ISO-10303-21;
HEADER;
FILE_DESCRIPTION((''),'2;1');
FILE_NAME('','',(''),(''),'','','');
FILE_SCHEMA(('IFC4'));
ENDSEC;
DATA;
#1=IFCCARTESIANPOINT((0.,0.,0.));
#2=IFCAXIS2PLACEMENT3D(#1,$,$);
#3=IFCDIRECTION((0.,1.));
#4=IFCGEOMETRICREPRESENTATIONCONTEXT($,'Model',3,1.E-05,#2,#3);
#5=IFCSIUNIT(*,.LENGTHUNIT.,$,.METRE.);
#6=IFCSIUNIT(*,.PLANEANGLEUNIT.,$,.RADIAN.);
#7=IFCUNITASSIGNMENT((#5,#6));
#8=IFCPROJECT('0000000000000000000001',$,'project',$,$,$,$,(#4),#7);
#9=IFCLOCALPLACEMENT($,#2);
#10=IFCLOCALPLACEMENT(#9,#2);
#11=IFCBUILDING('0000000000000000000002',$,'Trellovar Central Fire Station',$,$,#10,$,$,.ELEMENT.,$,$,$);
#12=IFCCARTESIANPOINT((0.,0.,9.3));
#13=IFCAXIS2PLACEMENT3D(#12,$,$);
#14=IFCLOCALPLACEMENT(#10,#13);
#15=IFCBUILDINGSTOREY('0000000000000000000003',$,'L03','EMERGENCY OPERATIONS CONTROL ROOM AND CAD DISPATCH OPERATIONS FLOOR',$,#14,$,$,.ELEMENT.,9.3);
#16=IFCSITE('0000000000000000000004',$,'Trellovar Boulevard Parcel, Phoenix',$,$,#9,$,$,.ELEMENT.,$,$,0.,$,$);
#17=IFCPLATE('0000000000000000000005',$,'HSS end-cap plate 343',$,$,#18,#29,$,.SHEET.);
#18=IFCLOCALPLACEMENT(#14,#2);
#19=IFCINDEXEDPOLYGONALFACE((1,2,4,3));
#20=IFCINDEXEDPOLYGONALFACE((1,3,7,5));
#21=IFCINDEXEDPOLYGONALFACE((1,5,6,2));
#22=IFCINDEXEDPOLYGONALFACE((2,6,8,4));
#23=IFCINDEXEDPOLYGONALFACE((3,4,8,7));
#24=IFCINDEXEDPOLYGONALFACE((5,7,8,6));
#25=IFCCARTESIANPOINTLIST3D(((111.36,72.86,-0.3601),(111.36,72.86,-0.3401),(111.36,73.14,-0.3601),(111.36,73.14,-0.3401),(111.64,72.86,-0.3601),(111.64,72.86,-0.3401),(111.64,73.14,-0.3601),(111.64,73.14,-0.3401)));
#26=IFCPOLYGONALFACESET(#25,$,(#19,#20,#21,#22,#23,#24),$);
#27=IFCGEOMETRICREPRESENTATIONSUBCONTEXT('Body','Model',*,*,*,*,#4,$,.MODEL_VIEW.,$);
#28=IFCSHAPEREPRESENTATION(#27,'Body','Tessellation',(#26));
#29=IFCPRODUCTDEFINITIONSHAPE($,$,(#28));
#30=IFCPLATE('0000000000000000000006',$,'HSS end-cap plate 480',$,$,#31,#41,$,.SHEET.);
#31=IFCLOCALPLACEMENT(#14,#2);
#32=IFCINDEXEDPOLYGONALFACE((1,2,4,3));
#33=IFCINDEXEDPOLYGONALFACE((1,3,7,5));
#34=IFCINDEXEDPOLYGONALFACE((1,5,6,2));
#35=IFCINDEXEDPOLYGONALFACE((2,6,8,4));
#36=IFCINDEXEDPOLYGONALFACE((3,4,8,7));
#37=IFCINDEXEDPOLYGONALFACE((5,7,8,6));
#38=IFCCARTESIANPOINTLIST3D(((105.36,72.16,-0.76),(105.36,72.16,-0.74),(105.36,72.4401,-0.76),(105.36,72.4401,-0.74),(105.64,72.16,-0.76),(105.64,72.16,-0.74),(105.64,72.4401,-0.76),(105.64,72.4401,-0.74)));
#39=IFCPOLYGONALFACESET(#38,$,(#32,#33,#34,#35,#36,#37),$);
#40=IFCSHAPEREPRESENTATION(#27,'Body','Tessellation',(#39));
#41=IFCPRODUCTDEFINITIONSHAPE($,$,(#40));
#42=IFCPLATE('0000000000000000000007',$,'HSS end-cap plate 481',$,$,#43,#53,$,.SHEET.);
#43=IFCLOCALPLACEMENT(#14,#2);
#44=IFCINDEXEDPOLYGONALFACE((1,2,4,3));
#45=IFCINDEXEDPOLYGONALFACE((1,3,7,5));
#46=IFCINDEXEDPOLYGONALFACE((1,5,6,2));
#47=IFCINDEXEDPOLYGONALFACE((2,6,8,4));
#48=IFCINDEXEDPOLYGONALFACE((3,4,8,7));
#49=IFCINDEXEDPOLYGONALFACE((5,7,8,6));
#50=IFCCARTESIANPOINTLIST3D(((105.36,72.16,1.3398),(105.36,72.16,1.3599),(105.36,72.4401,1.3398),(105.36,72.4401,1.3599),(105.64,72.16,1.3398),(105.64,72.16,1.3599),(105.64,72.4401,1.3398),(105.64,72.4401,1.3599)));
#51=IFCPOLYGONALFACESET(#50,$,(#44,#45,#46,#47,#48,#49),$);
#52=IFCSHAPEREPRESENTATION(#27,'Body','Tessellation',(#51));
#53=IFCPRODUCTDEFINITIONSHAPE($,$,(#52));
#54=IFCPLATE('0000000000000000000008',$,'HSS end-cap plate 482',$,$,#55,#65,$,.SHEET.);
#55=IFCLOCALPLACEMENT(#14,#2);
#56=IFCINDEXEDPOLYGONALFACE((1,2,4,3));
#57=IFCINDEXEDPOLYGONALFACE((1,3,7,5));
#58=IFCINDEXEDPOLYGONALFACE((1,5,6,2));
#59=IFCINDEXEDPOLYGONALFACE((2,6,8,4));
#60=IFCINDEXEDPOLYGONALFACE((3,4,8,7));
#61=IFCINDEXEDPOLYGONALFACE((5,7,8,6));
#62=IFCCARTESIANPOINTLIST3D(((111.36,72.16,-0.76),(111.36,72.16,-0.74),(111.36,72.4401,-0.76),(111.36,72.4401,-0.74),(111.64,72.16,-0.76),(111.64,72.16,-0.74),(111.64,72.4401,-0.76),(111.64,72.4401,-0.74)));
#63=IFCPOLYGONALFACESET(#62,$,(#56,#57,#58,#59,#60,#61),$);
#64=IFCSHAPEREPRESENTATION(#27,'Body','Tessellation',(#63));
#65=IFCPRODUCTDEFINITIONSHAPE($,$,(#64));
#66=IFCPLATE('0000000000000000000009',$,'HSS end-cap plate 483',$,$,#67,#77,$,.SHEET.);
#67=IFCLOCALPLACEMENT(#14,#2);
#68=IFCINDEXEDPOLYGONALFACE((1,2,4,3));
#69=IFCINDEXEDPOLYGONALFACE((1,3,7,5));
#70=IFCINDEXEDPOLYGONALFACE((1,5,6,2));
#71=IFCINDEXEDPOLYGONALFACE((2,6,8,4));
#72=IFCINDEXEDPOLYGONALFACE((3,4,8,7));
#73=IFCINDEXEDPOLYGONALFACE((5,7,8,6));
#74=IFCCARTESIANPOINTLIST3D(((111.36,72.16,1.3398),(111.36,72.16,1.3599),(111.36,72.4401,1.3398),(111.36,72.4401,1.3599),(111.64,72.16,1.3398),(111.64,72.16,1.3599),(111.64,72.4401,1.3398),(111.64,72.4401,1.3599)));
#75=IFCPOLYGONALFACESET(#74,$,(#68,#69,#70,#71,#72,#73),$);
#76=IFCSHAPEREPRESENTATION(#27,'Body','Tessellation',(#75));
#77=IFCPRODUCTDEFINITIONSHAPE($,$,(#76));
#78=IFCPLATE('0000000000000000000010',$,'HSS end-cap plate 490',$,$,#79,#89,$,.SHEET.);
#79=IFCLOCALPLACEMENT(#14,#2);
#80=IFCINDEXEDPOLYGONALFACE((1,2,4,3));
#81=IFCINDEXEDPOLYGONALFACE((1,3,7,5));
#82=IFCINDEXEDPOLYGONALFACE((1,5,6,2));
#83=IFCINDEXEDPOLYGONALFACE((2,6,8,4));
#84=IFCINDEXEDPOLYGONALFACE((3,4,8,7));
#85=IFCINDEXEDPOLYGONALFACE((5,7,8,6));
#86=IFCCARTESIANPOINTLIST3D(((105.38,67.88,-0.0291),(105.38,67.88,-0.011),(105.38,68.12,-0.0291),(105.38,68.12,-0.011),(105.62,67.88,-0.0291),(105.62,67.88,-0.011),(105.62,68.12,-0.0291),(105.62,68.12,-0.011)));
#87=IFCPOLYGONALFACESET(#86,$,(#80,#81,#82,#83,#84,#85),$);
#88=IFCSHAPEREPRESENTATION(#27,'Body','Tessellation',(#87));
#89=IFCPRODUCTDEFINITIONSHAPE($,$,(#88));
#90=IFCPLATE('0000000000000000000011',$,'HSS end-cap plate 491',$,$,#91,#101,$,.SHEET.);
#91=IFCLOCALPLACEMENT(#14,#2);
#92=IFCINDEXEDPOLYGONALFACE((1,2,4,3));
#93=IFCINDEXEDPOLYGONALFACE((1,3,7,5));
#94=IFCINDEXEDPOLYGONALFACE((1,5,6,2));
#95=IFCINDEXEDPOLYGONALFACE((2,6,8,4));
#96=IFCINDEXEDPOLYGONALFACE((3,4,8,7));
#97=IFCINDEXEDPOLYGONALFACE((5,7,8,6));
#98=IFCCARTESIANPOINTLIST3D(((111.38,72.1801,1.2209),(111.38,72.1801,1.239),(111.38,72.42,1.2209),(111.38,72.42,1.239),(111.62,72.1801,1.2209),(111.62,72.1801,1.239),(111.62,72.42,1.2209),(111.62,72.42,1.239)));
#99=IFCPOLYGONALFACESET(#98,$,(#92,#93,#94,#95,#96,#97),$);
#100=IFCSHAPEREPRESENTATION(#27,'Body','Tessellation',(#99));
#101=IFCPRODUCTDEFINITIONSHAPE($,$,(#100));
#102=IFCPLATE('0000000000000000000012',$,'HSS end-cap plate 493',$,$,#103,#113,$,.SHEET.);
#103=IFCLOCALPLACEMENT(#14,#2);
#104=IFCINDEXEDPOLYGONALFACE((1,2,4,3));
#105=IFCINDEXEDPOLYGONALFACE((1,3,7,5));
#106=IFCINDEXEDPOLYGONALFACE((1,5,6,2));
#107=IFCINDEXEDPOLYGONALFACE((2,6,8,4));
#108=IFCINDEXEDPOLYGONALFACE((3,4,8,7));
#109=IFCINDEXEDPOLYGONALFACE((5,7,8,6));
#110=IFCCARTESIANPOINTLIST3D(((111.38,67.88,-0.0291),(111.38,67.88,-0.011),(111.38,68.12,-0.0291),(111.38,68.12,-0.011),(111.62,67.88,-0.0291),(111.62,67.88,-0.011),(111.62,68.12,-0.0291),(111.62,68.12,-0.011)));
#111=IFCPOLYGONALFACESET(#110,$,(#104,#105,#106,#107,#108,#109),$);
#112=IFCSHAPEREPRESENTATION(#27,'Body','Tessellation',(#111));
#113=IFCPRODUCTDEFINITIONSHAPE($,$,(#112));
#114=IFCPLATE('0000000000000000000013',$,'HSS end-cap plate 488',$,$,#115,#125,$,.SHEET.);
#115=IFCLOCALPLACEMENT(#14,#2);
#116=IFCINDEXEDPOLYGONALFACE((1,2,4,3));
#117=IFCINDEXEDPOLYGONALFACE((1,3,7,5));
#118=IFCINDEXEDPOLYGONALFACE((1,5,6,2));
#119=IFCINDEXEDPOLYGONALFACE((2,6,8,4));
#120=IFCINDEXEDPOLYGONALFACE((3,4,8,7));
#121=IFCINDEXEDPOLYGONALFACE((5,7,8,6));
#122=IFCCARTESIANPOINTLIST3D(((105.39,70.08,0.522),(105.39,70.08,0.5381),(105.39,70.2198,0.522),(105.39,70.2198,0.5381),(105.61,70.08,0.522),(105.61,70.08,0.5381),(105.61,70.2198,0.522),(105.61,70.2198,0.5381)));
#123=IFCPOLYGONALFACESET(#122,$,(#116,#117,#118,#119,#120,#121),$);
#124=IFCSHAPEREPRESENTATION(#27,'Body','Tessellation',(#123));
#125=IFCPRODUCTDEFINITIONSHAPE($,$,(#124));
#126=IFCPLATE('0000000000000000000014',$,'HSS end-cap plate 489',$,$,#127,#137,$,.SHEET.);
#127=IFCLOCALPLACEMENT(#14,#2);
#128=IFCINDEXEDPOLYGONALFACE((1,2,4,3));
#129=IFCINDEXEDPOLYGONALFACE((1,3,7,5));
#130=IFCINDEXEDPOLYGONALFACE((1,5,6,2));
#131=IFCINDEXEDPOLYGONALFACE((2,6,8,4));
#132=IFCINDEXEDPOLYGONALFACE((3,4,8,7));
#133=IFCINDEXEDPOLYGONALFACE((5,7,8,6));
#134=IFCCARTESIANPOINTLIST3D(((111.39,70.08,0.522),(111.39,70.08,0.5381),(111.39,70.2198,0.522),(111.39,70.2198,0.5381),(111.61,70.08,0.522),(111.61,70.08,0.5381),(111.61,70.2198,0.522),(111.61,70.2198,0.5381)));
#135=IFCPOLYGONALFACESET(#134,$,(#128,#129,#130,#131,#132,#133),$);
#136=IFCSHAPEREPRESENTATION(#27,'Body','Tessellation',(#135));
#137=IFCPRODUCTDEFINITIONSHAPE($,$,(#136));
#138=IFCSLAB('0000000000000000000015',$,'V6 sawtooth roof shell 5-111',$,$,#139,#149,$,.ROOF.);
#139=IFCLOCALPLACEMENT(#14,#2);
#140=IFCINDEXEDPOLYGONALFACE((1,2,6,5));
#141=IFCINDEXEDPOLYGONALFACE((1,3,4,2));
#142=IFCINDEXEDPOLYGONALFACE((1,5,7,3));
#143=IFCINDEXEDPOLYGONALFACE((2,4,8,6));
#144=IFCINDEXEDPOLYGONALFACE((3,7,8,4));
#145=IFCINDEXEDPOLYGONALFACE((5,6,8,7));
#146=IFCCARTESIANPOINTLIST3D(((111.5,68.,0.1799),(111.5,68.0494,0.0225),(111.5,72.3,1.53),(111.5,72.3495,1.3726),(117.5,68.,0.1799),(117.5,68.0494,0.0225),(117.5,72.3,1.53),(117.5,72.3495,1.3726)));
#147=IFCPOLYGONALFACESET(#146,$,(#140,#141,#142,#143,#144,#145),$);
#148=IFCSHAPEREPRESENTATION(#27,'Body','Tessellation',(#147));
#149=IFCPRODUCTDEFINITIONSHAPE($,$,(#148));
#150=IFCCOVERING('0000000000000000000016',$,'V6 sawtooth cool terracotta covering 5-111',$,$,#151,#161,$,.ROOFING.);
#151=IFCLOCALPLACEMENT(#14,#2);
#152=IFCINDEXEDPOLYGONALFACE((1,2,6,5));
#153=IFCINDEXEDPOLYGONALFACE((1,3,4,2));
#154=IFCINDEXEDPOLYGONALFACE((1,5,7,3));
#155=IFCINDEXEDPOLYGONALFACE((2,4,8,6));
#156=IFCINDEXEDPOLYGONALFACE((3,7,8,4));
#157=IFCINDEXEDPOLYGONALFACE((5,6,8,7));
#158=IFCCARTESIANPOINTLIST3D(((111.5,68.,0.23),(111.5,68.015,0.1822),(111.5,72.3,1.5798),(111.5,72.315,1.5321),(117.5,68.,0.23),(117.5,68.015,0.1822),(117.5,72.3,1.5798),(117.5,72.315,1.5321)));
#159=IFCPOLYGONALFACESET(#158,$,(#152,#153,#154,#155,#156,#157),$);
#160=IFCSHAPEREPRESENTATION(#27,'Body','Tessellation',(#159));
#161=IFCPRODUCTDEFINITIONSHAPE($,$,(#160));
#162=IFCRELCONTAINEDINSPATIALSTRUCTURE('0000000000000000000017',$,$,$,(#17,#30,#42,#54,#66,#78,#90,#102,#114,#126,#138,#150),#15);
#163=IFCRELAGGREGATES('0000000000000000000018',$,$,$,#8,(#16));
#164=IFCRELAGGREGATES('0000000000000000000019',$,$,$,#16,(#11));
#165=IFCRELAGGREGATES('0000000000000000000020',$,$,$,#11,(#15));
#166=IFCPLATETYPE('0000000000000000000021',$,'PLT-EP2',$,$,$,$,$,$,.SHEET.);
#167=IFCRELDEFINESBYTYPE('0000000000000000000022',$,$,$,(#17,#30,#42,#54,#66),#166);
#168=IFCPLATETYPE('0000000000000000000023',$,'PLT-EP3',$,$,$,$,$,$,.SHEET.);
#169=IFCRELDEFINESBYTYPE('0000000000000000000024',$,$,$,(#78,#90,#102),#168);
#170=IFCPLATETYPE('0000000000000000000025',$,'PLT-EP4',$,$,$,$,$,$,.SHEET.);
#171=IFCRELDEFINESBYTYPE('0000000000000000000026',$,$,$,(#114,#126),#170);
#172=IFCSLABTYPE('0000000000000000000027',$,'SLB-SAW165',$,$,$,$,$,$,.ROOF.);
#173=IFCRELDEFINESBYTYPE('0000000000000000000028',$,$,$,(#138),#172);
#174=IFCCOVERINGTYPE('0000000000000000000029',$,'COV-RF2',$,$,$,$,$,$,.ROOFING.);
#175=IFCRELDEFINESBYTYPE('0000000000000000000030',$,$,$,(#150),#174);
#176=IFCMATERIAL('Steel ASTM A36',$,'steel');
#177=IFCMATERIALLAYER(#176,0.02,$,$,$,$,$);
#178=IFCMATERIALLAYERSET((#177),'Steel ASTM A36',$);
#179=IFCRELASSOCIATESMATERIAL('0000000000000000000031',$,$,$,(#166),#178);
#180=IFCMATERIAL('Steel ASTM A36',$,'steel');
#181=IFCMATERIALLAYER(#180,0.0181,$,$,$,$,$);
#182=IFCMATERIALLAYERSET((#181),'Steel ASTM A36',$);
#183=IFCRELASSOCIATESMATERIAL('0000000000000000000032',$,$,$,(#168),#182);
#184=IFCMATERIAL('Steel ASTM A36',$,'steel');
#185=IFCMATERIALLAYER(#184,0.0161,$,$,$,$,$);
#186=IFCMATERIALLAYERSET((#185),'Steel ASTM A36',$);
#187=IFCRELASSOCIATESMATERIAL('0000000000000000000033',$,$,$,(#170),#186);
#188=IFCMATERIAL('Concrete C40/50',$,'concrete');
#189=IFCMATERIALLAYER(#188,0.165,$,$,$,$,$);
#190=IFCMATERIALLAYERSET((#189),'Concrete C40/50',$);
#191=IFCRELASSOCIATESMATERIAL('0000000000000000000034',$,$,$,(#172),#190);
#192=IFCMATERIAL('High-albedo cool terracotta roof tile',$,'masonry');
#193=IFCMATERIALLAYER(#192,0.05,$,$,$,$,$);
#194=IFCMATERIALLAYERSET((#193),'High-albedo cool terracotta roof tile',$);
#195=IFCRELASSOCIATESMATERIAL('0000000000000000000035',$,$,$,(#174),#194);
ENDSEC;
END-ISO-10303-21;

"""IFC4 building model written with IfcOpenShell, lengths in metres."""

from ifc_helpers import new_model, si_unit, direction, frame, origin, origin_2d, place, context, subcontext, project, spatial, polyline, rectangle, outline, extrude, material, layer, layer_set, type_object, element, save


model = new_model("IFC4")

# Units and contexts
model_context = context("Model", 3, precision=1e-05, world=origin(), true_north=direction((0.0, 1.0)))
body_context = subcontext(model_context, "Body", "Model", "MODEL_VIEW")
ifc_project = project(units=[si_unit("LENGTHUNIT", "METRE"), si_unit("PLANEANGLEUNIT", "RADIAN")], contexts=[model_context])

# Site, building, storey
site_placement = place(None, origin())
site = spatial("IfcSite", under=ifc_project, at=site_placement, Name="Trellovar Boulevard Parcel, Phoenix", CompositionType="ELEMENT", RefElevation=0.0)
building_placement = place(site_placement, origin())
building = spatial("IfcBuilding", under=site, at=building_placement, Name="Trellovar Central Fire Station", CompositionType="ELEMENT")
storey_placement = place(building_placement, frame((0.0, 0.0, 9.3)))
storey = spatial("IfcBuildingStorey", under=building, at=storey_placement, Name="L03", Description="EMERGENCY OPERATIONS CONTROL ROOM AND CAD DISPATCH OPERATIONS FLOOR", CompositionType="ELEMENT", Elevation=9.3)

# Plates
ifc_material_1 = material(Name="Steel ASTM A36", Category="steel")
ifc_layer_1 = layer(ifc_material_1, 0.02)
ifc_layer_set_1 = layer_set([ifc_layer_1], Name="Steel ASTM A36")
plate_type_1 = type_object("IfcPlateType", Name="PLT-EP2", PredefinedType="SHEET", material=ifc_layer_set_1)
for number, where, z_axis, x_axis, name in (
    (1, (111.5, 73.0, -0.3601), (0.0, 0.0, 1.0), (1.0, 0.0, 0.0), "HSS end-cap plate 343"),
    (2, (105.5, 72.3, -0.76), (0.0, 0.0, 1.0), (1.0, 0.0, 0.0), "HSS end-cap plate 480"),
    (3, (105.5, 72.3, 1.3398), (0.0, 0.0, 1.0), (1.0, 0.0, 0.0), "HSS end-cap plate 481"),
    (4, (111.5, 72.3, -0.76), (0.0, 0.0, 1.0), (1.0, 0.0, 0.0), "HSS end-cap plate 482"),
    (5, (111.5, 72.3, 1.3398), (0.0, 0.0, 1.0), (1.0, 0.0, 0.0), "HSS end-cap plate 483"),
):
    element("IfcPlate", number, at=place(storey_placement, frame(where, z_axis=z_axis, x_axis=x_axis)), inside=storey, type_object=plate_type_1, Name=name, PredefinedType="SHEET", context=body_context, shape_type="SweptSolid", body=[
        extrude(rectangle(XDim=0.28, YDim=0.28, at=origin_2d()), origin(), (0.0, 0.0, 1.0), 0.02),
    ])
ifc_material_2 = material(Name="Steel ASTM A36", Category="steel")
ifc_layer_2 = layer(ifc_material_2, 0.0181)
ifc_layer_set_2 = layer_set([ifc_layer_2], Name="Steel ASTM A36")
plate_type_2 = type_object("IfcPlateType", Name="PLT-EP3", PredefinedType="SHEET", material=ifc_layer_set_2)
for number, where, z_axis, x_axis, name in (
    (6, (105.5, 68.0, -0.0291), (0.0, 0.0, 1.0), (1.0, 0.0, 0.0), "HSS end-cap plate 490"),
    (7, (111.5, 72.3, 1.2209), (0.0, 0.0, 1.0), (1.0, 0.0, 0.0), "HSS end-cap plate 491"),
    (8, (111.5, 68.0, -0.0291), (0.0, 0.0, 1.0), (1.0, 0.0, 0.0), "HSS end-cap plate 493"),
):
    element("IfcPlate", number, at=place(storey_placement, frame(where, z_axis=z_axis, x_axis=x_axis)), inside=storey, type_object=plate_type_2, Name=name, PredefinedType="SHEET", context=body_context, shape_type="SweptSolid", body=[
        extrude(rectangle(XDim=0.24, YDim=0.24, at=origin_2d()), origin(), (0.0, 0.0, 1.0), 0.0181),
    ])
ifc_material_3 = material(Name="Steel ASTM A36", Category="steel")
ifc_layer_3 = layer(ifc_material_3, 0.0161)
ifc_layer_set_3 = layer_set([ifc_layer_3], Name="Steel ASTM A36")
plate_type_3 = type_object("IfcPlateType", Name="PLT-EP4", PredefinedType="SHEET", material=ifc_layer_set_3)
for number, where, z_axis, x_axis, name in (
    (9, (105.5, 70.1499, 0.522), (0.0, 0.0, 1.0), (1.0, 0.0, 0.0), "HSS end-cap plate 488"),
    (10, (111.5, 70.1499, 0.522), (0.0, 0.0, 1.0), (1.0, 0.0, 0.0), "HSS end-cap plate 489"),
):
    element("IfcPlate", number, at=place(storey_placement, frame(where, z_axis=z_axis, x_axis=x_axis)), inside=storey, type_object=plate_type_3, Name=name, PredefinedType="SHEET", context=body_context, shape_type="SweptSolid", body=[
        extrude(rectangle(XDim=0.22, YDim=0.1399, at=origin_2d()), origin(), (0.0, 0.0, 1.0), 0.0161),
    ])

# Slab
ifc_material_4 = material(Name="Concrete C40/50", Category="concrete")
ifc_layer_4 = layer(ifc_material_4, 0.165)
ifc_layer_set_4 = layer_set([ifc_layer_4], Name="Concrete C40/50")
slab_type = type_object("IfcSlabType", Name="SLB-SAW165", PredefinedType="ROOF", material=ifc_layer_set_4)
slab_placement = place(storey_placement, frame((111.5, 68.0, 0.1799), z_axis=(0.0, -0.299555, 0.954079), x_axis=(1.0, 0.0, 0.0)))
element("IfcSlab", 11, at=slab_placement, inside=storey, type_object=slab_type, Name="V6 sawtooth roof shell 5-111", PredefinedType="ROOF", context=body_context, shape_type="SweptSolid", body=[
    extrude(outline(polyline([(0.0, 0.0), (6.0, 0.0), (6.0, 4.507), (0.0, 4.507), (0.0, 0.0)])), origin(), (0.0, 0.0, -1.0), 0.165),
])

# Covering
ifc_material_5 = material(Name="High-albedo cool terracotta roof tile", Category="masonry")
ifc_layer_5 = layer(ifc_material_5, 0.05)
ifc_layer_set_5 = layer_set([ifc_layer_5], Name="High-albedo cool terracotta roof tile")
covering_type = type_object("IfcCoveringType", Name="COV-RF2", PredefinedType="ROOFING", material=ifc_layer_set_5)
covering_placement = place(storey_placement, frame((111.5, 68.0, 0.23), z_axis=(0.0, -0.299505, 0.954095), x_axis=(1.0, 0.0, 0.0)))
element("IfcCovering", 12, at=covering_placement, inside=storey, type_object=covering_type, Name="V6 sawtooth cool terracotta covering 5-111", PredefinedType="ROOFING", context=body_context, shape_type="SweptSolid", body=[
    extrude(outline(polyline([(0.0, 0.0), (6.0, 0.0), (6.0, 4.5069), (0.0, 4.5069), (0.0, 0.0)])), origin(), (0.0, 0.0, -1.0), 0.05),
])

save(model, "model.ifc")
